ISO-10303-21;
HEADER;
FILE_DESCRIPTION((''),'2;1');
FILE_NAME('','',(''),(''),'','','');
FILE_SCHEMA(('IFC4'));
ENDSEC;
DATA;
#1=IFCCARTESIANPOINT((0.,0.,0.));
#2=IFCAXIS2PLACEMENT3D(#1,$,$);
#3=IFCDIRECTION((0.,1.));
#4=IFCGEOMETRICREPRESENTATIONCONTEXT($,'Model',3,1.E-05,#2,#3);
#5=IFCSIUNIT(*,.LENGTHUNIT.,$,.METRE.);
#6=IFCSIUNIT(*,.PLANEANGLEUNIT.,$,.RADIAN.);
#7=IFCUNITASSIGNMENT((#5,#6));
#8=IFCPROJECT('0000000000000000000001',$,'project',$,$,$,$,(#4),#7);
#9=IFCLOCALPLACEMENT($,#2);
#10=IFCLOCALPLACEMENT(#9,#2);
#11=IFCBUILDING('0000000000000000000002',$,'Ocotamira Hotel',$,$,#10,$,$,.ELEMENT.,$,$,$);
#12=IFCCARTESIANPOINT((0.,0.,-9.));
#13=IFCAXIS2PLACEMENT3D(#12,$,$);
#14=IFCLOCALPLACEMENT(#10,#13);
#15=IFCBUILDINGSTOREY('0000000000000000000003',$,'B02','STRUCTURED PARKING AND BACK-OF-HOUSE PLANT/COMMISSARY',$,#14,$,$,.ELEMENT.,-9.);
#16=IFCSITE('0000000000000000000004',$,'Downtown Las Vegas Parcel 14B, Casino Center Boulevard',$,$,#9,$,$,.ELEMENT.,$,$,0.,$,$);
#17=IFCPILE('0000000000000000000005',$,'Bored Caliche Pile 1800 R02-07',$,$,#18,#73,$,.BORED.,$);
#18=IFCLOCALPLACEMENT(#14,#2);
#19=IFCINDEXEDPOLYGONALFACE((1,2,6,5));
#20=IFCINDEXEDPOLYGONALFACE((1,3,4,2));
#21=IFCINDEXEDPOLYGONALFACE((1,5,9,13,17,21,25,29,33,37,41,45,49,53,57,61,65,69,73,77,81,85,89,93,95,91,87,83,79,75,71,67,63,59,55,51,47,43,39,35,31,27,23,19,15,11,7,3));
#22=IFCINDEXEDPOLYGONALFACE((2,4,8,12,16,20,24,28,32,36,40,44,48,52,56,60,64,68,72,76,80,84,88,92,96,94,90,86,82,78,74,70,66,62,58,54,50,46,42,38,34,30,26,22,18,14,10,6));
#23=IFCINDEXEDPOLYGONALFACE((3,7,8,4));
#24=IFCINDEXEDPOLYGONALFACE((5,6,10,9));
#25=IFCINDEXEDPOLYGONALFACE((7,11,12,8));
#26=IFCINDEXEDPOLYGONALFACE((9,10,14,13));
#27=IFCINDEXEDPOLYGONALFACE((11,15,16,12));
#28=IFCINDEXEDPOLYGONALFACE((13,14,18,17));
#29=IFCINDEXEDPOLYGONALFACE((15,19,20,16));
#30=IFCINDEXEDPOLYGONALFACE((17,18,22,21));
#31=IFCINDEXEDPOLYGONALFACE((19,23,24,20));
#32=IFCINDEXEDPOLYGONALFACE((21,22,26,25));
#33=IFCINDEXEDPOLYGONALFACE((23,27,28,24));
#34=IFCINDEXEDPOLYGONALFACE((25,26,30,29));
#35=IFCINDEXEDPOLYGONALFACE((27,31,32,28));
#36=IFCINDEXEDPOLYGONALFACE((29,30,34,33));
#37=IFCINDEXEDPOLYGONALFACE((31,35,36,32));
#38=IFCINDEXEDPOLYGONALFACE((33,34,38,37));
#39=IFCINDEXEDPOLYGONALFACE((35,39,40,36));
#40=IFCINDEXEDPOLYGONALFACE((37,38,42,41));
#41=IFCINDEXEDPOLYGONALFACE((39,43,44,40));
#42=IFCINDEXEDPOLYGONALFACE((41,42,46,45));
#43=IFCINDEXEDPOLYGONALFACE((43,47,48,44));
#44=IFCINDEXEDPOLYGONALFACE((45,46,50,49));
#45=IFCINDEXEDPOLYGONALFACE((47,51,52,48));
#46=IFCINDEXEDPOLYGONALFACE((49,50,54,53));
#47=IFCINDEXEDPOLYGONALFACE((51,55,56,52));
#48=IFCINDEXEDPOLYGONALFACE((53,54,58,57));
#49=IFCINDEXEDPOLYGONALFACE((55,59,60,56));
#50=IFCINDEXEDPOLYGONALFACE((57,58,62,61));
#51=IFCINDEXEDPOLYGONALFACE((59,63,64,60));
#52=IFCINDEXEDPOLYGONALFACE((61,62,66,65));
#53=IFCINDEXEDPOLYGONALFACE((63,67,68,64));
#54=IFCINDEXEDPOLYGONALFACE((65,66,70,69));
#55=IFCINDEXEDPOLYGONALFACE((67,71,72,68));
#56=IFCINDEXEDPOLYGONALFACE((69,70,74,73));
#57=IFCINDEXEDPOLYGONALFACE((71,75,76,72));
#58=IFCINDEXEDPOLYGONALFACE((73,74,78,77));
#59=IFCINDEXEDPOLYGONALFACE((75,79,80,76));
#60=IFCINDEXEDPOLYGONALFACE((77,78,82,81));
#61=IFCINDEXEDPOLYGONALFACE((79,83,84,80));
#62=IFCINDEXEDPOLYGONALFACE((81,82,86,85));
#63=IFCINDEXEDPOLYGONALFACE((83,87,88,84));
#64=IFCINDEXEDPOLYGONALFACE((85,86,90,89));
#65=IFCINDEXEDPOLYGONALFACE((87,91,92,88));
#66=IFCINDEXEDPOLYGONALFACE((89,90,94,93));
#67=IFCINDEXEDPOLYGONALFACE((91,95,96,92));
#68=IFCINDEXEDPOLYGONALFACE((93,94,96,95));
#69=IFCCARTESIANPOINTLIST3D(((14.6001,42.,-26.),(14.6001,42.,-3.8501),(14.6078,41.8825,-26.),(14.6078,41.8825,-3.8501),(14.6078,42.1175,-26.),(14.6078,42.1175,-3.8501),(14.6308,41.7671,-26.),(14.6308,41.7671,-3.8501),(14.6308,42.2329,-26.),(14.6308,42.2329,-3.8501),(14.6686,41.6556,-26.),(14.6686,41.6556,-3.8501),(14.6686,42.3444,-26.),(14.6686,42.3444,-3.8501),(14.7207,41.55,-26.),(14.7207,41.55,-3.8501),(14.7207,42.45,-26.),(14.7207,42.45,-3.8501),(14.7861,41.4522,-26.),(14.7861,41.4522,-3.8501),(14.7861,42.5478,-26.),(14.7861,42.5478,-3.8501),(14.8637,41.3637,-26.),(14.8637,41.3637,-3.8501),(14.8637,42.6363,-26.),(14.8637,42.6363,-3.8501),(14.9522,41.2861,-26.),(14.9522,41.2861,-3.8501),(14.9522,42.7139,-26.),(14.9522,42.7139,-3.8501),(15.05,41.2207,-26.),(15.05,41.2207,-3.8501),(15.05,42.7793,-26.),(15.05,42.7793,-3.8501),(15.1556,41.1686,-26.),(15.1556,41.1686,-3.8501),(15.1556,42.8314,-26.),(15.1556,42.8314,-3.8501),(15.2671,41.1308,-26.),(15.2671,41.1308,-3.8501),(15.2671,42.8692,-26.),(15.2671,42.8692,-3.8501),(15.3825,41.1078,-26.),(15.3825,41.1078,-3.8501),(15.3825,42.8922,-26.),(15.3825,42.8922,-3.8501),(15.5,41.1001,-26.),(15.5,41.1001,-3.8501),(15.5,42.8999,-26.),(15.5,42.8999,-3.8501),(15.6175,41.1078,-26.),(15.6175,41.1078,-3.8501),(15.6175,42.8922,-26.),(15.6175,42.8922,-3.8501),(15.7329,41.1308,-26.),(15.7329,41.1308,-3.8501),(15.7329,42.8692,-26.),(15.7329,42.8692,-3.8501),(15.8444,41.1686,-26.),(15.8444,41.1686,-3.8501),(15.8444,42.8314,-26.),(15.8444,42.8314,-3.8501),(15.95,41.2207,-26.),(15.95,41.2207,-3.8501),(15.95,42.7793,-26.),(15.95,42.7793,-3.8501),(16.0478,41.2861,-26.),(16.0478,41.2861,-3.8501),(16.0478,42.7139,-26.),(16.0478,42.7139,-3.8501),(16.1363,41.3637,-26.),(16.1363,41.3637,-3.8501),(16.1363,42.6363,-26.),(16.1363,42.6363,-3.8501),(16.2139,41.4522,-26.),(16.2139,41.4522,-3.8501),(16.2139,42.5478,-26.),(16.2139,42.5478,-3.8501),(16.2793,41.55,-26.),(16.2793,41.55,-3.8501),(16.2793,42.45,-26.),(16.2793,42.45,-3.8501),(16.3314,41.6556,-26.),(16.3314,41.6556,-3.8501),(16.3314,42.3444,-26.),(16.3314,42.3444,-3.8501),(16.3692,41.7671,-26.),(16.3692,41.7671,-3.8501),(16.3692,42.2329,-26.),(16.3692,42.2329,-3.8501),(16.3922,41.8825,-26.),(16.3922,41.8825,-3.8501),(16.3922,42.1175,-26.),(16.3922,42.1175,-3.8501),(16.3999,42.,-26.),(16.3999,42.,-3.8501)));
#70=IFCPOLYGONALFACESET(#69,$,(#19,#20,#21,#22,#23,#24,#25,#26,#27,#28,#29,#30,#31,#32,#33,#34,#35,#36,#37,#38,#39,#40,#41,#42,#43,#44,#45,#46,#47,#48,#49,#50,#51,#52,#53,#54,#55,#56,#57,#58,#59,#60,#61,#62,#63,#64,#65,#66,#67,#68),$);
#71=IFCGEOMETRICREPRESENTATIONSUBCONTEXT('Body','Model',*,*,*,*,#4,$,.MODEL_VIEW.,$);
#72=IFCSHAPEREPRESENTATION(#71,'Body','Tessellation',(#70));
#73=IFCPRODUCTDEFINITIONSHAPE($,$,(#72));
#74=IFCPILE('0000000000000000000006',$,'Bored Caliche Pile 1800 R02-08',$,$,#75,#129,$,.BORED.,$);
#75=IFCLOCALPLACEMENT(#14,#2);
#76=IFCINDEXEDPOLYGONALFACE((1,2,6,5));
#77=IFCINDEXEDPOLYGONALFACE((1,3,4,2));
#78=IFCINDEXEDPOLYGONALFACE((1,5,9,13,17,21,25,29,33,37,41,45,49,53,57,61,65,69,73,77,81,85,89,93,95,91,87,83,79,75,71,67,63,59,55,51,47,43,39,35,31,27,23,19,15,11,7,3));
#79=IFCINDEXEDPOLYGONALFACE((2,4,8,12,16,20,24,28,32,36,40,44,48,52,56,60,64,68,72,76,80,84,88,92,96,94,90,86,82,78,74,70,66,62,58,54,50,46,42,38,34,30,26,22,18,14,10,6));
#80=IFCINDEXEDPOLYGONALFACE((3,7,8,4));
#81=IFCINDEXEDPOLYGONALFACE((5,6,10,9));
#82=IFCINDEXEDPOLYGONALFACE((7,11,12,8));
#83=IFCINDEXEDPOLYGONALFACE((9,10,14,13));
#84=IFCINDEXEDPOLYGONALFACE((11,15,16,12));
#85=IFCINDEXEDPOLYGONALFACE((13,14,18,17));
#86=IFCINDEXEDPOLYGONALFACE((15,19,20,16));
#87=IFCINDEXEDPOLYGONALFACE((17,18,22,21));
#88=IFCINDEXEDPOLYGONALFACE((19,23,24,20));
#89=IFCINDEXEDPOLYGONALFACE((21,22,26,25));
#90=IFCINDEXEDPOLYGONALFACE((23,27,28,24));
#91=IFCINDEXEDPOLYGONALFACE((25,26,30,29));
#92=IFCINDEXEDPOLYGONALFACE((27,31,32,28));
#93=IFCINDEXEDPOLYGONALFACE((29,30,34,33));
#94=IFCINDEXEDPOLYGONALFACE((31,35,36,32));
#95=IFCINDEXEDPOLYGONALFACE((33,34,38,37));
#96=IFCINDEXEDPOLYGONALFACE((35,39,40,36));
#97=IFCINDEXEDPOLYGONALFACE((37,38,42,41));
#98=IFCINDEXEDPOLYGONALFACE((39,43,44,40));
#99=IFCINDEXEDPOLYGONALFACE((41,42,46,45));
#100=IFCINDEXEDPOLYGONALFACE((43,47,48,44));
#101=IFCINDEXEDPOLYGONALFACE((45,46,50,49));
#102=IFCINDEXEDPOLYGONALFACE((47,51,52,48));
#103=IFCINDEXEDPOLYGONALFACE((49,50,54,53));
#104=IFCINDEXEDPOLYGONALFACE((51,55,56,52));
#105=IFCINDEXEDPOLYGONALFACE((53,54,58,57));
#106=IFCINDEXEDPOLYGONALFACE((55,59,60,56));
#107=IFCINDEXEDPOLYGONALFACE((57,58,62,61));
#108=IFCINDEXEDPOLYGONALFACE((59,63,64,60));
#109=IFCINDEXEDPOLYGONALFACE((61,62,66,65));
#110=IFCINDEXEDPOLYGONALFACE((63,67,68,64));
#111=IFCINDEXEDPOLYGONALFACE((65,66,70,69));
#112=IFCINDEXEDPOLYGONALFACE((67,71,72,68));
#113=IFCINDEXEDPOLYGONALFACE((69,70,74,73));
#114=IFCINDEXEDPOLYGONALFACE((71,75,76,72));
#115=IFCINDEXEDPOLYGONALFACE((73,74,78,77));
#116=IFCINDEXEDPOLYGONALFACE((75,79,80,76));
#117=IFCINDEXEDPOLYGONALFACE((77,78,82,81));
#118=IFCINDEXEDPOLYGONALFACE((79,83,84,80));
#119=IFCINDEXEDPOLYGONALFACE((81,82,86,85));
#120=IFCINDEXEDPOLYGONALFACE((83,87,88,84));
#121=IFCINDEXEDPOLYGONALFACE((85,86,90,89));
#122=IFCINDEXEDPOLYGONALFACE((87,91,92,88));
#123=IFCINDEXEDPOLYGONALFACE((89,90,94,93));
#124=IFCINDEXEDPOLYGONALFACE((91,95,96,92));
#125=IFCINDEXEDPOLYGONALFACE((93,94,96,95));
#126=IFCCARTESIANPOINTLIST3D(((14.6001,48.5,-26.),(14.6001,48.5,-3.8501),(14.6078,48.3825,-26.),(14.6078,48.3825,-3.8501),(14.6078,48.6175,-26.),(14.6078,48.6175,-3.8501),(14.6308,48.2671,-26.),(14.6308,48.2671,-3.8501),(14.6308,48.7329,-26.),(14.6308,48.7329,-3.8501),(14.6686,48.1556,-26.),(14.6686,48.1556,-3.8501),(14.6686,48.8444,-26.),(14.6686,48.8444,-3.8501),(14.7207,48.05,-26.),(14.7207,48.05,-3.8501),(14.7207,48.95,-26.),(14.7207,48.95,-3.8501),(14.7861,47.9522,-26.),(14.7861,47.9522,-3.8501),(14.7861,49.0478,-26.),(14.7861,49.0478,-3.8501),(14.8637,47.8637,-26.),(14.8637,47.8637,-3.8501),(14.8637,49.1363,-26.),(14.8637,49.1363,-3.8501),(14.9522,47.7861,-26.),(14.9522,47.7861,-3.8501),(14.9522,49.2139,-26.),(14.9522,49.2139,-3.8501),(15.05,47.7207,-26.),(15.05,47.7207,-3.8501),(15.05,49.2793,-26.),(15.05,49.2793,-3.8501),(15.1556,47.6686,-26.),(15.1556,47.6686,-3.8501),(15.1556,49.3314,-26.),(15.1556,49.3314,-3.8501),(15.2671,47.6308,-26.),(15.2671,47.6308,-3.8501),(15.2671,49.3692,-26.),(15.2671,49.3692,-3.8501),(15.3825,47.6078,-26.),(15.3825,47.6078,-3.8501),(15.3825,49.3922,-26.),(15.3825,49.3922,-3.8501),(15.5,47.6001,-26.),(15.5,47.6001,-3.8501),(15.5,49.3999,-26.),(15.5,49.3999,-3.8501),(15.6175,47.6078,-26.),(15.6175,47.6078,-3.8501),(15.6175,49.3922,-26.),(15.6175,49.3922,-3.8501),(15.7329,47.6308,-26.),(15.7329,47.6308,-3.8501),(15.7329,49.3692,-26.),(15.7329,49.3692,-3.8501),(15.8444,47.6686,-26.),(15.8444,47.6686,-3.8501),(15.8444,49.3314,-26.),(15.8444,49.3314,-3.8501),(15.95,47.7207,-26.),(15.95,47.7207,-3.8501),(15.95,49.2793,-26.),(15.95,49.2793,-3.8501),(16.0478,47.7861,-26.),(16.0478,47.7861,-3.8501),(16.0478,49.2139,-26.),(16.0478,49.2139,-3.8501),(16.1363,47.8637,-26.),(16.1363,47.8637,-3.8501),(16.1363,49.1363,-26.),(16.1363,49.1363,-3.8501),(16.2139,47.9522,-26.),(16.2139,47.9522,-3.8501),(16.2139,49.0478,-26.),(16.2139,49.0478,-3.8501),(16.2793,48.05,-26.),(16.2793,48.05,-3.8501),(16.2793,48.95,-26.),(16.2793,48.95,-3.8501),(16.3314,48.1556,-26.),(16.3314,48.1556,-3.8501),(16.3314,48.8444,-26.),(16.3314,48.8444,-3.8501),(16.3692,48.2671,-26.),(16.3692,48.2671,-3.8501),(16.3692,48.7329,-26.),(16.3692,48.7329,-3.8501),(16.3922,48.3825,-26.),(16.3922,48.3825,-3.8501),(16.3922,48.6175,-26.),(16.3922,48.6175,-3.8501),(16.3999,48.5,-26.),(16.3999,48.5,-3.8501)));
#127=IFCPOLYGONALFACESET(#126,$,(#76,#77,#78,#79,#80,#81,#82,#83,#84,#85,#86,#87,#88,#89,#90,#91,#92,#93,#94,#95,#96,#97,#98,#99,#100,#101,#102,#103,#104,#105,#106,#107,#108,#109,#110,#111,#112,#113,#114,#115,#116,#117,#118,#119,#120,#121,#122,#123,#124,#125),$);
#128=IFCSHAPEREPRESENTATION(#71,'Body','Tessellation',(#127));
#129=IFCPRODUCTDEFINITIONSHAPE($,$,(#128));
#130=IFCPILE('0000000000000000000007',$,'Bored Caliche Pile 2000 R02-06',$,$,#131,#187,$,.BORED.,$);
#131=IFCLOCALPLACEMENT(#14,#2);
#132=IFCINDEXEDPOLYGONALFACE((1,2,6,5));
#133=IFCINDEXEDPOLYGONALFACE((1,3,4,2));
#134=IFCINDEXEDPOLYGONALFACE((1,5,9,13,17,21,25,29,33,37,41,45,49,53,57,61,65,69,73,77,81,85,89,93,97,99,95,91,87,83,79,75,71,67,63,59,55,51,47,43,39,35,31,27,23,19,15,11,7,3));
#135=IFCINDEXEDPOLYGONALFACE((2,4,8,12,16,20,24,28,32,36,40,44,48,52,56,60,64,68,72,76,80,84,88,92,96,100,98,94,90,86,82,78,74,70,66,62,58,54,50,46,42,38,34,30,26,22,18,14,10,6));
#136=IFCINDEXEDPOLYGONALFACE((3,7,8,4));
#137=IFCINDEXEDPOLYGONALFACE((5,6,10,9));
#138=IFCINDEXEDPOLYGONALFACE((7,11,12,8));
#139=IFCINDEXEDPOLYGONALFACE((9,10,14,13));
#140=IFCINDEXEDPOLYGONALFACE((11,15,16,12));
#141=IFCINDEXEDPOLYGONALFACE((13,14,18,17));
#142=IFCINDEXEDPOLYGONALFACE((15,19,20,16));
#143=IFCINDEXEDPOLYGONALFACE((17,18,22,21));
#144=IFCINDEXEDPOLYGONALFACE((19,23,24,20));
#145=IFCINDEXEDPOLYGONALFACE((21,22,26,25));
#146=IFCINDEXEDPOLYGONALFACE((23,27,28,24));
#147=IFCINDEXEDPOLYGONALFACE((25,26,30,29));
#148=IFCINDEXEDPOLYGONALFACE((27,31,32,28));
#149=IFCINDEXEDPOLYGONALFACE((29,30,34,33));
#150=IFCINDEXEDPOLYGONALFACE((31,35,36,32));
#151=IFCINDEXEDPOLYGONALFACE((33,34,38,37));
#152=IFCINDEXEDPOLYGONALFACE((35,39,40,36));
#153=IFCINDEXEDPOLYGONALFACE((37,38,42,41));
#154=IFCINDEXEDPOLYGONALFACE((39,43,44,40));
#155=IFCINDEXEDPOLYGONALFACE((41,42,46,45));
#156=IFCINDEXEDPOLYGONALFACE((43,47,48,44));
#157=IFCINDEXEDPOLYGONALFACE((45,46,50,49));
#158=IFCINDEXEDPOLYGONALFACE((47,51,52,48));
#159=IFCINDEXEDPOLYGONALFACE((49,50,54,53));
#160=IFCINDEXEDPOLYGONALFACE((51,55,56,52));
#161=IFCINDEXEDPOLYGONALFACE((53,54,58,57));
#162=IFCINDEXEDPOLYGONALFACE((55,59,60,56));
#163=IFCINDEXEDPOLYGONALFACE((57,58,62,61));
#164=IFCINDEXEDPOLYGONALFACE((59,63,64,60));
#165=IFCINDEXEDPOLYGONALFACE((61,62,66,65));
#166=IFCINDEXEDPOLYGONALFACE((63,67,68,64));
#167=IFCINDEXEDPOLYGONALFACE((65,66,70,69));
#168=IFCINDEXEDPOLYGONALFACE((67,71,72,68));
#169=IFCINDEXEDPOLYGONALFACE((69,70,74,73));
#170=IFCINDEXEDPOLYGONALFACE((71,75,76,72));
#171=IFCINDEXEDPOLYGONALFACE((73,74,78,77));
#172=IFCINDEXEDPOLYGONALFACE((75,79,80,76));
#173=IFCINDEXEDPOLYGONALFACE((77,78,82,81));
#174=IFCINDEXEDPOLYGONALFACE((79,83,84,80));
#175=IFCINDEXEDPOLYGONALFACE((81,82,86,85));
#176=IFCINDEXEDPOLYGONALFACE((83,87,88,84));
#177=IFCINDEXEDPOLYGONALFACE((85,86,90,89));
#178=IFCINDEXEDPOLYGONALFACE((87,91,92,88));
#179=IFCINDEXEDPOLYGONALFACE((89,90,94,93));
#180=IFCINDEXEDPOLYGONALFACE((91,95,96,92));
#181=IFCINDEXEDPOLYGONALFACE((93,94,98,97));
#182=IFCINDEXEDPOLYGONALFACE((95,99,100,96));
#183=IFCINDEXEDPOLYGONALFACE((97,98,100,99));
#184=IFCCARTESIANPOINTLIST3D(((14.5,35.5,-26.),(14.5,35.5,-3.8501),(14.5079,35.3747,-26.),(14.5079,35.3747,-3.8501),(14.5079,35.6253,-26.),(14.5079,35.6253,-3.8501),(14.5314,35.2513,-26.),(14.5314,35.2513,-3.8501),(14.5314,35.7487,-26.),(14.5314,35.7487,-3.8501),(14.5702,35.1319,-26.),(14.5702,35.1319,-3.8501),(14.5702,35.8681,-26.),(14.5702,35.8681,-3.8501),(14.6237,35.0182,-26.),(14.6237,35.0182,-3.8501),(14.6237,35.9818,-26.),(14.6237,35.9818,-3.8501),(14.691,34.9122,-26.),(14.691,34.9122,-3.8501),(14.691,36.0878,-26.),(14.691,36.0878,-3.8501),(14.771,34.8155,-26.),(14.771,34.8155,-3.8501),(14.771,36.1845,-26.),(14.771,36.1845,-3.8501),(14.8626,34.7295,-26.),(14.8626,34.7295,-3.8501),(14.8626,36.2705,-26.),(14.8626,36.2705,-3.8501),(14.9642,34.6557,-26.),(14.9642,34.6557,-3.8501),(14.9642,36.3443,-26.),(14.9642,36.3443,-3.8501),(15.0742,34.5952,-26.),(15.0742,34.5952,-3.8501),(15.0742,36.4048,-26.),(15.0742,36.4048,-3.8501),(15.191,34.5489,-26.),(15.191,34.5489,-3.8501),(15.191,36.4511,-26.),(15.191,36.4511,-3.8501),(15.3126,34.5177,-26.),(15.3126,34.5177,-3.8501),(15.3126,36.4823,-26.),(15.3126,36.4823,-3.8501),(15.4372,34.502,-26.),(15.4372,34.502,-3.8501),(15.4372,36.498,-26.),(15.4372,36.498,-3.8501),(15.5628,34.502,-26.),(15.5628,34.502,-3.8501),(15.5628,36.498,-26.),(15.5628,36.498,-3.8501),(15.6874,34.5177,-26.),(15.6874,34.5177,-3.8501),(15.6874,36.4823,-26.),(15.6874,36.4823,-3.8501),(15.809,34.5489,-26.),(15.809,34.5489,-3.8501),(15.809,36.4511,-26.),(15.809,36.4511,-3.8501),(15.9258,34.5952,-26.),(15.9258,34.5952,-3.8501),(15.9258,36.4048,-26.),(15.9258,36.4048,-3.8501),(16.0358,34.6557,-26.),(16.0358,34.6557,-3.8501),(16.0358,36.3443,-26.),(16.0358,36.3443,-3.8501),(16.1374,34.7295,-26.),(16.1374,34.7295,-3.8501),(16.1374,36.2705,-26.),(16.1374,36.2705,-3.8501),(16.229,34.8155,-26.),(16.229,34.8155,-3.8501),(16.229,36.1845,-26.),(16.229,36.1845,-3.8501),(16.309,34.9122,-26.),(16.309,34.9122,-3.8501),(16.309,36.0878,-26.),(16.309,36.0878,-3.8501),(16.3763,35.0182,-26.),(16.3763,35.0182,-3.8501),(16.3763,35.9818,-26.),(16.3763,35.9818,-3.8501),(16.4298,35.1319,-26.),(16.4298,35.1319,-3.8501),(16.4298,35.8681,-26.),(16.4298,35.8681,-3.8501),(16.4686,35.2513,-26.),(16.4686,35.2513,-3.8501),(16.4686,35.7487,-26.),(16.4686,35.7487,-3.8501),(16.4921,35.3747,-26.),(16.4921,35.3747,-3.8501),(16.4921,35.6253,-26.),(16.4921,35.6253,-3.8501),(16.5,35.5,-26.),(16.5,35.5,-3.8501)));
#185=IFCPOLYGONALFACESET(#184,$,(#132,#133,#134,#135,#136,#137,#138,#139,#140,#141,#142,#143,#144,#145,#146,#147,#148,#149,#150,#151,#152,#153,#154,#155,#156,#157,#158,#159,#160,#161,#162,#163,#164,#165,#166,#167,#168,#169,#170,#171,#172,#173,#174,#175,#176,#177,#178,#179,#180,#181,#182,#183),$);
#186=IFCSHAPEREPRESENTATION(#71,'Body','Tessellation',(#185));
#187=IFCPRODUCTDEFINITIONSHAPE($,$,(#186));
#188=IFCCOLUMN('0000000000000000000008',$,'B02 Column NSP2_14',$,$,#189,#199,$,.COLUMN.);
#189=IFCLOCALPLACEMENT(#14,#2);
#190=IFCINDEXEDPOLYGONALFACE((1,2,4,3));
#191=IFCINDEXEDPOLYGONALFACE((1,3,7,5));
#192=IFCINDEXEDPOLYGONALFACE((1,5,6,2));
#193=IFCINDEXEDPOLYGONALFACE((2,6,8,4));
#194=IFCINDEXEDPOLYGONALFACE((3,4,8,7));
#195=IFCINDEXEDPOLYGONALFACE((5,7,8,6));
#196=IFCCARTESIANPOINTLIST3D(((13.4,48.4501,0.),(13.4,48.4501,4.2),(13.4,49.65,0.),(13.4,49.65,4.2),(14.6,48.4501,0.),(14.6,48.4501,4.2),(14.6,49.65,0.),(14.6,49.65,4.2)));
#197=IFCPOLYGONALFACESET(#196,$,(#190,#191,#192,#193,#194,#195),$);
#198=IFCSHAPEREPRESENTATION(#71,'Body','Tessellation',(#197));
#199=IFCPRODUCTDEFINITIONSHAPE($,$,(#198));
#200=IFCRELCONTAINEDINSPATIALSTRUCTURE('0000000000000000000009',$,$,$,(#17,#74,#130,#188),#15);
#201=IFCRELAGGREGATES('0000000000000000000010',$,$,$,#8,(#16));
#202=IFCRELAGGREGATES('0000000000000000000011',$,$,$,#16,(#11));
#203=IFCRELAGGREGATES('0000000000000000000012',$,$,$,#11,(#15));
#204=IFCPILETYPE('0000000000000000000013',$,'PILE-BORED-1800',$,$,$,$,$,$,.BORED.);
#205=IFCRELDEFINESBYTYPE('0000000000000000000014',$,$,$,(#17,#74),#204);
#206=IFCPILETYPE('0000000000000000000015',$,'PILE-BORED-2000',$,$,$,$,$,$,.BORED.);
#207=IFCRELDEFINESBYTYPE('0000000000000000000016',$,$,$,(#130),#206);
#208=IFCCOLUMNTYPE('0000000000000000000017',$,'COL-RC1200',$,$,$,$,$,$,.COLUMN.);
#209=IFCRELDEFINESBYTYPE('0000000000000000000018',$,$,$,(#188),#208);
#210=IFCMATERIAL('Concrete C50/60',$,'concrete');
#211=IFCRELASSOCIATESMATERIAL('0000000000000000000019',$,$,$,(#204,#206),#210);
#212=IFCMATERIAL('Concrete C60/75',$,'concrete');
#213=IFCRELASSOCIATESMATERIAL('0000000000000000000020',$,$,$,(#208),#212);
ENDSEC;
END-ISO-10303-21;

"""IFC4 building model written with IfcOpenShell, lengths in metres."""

from ifc_helpers import new_model, si_unit, direction, frame, origin, origin_2d, place, context, subcontext, project, spatial, rectangle, circle, extrude, source, transform, mapped, material, material_profile, profile_set, type_object, element, save


model = new_model("IFC4")

# Units and contexts
model_context = context("Model", 3, precision=1e-05, world=origin(), true_north=direction((0.0, 1.0)))
body_context = subcontext(model_context, "Body", "Model", "MODEL_VIEW")
ifc_project = project(units=[si_unit("LENGTHUNIT", "METRE"), si_unit("PLANEANGLEUNIT", "RADIAN")], contexts=[model_context])

# Site, building, storey
site_placement = place(None, origin())
site = spatial("IfcSite", under=ifc_project, at=site_placement, Name="Downtown Las Vegas Parcel 14B, Casino Center Boulevard", CompositionType="ELEMENT", RefElevation=0.0)
building_placement = place(site_placement, origin())
building = spatial("IfcBuilding", under=site, at=building_placement, Name="Ocotamira Hotel", CompositionType="ELEMENT")
storey_placement = place(building_placement, frame((0.0, 0.0, -9.0)))
storey = spatial("IfcBuildingStorey", under=building, at=storey_placement, Name="B02", Description="STRUCTURED PARKING AND BACK-OF-HOUSE PLANT/COMMISSARY", CompositionType="ELEMENT", Elevation=-9.0)

# Piles
ifc_material_1 = material(Name="Concrete C50/60", Category="concrete")
ifc_material_profile_1 = material_profile(ifc_material_1, circle(Radius=0.8999, at=origin_2d()), Name="PILE1800")
ifc_profile_set_1 = profile_set([ifc_material_profile_1], Name="Concrete C50/60")
pile_type_1 = type_object("IfcPileType", Name="PILE-BORED-1800", PredefinedType="BORED", material=ifc_profile_set_1)
shared_shape_1 = source(origin(), body_context, "Body", "SweptSolid", [
    extrude(circle(Radius=0.8999, at=origin_2d()), origin(), (0.0, 0.0, 1.0), 22.1499),
])
for number, where, z_axis, x_axis, name in (
    (1, (15.5, 42.0, -3.8501), (0.0, 0.0, -1.0), (1.0, 0.0, 0.0), "Bored Caliche Pile 1800 R02-07"),
    (2, (15.5, 48.5, -3.8501), (0.0, 0.0, -1.0), (1.0, 0.0, 0.0), "Bored Caliche Pile 1800 R02-08"),
):
    element("IfcPile", number, at=place(storey_placement, frame(where, z_axis=z_axis, x_axis=x_axis)), inside=storey, type_object=pile_type_1, Name=name, PredefinedType="BORED", context=body_context, shape_type="MappedRepresentation", body=[
        mapped(shared_shape_1, transform((0.0, 0.0, 0.0), scale=1.0)),
    ])
ifc_material_profile_2 = material_profile(ifc_material_1, circle(Radius=1.0, at=origin_2d()), Name="PILE2000")
ifc_profile_set_2 = profile_set([ifc_material_profile_2], Name="Concrete C50/60")
pile_type_2 = type_object("IfcPileType", Name="PILE-BORED-2000", PredefinedType="BORED", material=ifc_profile_set_2)
shared_shape_2 = source(origin(), body_context, "Body", "SweptSolid", [
    extrude(circle(Radius=1.0, at=origin_2d()), origin(), (0.0, 0.0, 1.0), 22.1499),
])
pile_placement = place(storey_placement, frame((15.5, 35.5, -3.8501), z_axis=(0.0, 0.0, -1.0), x_axis=(1.0, 0.0, 0.0)))
element("IfcPile", 3, at=pile_placement, inside=storey, type_object=pile_type_2, Name="Bored Caliche Pile 2000 R02-06", PredefinedType="BORED", context=body_context, shape_type="MappedRepresentation", body=[
    mapped(shared_shape_2, transform((0.0, 0.0, 0.0), scale=1.0)),
])

# Column
ifc_material_2 = material(Name="Concrete C60/75", Category="concrete")
ifc_material_profile_3 = material_profile(ifc_material_2, rectangle(XDim=1.2, YDim=1.2, at=origin_2d()), Name="RC1200X1200")
ifc_profile_set_3 = profile_set([ifc_material_profile_3], Name="Concrete C60/75")
column_type = type_object("IfcColumnType", Name="COL-RC1200", PredefinedType="COLUMN", material=ifc_profile_set_3)
shared_shape_3 = source(origin(), body_context, "Body", "SweptSolid", [
    extrude(rectangle(XDim=1.2, YDim=1.2, at=origin_2d()), origin(), (0.0, 0.0, 1.0), 4.2),
])
for number, where, z_axis, x_axis, name in (
    (4, (14.0, 49.05, 0.0), (0.0, 0.0, 1.0), (1.0, 0.0, 0.0), "B02 Column NSP2_14"),
):
    element("IfcColumn", number, at=place(storey_placement, frame(where, z_axis=z_axis, x_axis=x_axis)), inside=storey, type_object=column_type, Name=name, PredefinedType="COLUMN", context=body_context, shape_type="MappedRepresentation", body=[
        mapped(shared_shape_3, transform((0.0, 0.0, 0.0), scale=1.0)),
    ])

save(model, "model.ifc")
